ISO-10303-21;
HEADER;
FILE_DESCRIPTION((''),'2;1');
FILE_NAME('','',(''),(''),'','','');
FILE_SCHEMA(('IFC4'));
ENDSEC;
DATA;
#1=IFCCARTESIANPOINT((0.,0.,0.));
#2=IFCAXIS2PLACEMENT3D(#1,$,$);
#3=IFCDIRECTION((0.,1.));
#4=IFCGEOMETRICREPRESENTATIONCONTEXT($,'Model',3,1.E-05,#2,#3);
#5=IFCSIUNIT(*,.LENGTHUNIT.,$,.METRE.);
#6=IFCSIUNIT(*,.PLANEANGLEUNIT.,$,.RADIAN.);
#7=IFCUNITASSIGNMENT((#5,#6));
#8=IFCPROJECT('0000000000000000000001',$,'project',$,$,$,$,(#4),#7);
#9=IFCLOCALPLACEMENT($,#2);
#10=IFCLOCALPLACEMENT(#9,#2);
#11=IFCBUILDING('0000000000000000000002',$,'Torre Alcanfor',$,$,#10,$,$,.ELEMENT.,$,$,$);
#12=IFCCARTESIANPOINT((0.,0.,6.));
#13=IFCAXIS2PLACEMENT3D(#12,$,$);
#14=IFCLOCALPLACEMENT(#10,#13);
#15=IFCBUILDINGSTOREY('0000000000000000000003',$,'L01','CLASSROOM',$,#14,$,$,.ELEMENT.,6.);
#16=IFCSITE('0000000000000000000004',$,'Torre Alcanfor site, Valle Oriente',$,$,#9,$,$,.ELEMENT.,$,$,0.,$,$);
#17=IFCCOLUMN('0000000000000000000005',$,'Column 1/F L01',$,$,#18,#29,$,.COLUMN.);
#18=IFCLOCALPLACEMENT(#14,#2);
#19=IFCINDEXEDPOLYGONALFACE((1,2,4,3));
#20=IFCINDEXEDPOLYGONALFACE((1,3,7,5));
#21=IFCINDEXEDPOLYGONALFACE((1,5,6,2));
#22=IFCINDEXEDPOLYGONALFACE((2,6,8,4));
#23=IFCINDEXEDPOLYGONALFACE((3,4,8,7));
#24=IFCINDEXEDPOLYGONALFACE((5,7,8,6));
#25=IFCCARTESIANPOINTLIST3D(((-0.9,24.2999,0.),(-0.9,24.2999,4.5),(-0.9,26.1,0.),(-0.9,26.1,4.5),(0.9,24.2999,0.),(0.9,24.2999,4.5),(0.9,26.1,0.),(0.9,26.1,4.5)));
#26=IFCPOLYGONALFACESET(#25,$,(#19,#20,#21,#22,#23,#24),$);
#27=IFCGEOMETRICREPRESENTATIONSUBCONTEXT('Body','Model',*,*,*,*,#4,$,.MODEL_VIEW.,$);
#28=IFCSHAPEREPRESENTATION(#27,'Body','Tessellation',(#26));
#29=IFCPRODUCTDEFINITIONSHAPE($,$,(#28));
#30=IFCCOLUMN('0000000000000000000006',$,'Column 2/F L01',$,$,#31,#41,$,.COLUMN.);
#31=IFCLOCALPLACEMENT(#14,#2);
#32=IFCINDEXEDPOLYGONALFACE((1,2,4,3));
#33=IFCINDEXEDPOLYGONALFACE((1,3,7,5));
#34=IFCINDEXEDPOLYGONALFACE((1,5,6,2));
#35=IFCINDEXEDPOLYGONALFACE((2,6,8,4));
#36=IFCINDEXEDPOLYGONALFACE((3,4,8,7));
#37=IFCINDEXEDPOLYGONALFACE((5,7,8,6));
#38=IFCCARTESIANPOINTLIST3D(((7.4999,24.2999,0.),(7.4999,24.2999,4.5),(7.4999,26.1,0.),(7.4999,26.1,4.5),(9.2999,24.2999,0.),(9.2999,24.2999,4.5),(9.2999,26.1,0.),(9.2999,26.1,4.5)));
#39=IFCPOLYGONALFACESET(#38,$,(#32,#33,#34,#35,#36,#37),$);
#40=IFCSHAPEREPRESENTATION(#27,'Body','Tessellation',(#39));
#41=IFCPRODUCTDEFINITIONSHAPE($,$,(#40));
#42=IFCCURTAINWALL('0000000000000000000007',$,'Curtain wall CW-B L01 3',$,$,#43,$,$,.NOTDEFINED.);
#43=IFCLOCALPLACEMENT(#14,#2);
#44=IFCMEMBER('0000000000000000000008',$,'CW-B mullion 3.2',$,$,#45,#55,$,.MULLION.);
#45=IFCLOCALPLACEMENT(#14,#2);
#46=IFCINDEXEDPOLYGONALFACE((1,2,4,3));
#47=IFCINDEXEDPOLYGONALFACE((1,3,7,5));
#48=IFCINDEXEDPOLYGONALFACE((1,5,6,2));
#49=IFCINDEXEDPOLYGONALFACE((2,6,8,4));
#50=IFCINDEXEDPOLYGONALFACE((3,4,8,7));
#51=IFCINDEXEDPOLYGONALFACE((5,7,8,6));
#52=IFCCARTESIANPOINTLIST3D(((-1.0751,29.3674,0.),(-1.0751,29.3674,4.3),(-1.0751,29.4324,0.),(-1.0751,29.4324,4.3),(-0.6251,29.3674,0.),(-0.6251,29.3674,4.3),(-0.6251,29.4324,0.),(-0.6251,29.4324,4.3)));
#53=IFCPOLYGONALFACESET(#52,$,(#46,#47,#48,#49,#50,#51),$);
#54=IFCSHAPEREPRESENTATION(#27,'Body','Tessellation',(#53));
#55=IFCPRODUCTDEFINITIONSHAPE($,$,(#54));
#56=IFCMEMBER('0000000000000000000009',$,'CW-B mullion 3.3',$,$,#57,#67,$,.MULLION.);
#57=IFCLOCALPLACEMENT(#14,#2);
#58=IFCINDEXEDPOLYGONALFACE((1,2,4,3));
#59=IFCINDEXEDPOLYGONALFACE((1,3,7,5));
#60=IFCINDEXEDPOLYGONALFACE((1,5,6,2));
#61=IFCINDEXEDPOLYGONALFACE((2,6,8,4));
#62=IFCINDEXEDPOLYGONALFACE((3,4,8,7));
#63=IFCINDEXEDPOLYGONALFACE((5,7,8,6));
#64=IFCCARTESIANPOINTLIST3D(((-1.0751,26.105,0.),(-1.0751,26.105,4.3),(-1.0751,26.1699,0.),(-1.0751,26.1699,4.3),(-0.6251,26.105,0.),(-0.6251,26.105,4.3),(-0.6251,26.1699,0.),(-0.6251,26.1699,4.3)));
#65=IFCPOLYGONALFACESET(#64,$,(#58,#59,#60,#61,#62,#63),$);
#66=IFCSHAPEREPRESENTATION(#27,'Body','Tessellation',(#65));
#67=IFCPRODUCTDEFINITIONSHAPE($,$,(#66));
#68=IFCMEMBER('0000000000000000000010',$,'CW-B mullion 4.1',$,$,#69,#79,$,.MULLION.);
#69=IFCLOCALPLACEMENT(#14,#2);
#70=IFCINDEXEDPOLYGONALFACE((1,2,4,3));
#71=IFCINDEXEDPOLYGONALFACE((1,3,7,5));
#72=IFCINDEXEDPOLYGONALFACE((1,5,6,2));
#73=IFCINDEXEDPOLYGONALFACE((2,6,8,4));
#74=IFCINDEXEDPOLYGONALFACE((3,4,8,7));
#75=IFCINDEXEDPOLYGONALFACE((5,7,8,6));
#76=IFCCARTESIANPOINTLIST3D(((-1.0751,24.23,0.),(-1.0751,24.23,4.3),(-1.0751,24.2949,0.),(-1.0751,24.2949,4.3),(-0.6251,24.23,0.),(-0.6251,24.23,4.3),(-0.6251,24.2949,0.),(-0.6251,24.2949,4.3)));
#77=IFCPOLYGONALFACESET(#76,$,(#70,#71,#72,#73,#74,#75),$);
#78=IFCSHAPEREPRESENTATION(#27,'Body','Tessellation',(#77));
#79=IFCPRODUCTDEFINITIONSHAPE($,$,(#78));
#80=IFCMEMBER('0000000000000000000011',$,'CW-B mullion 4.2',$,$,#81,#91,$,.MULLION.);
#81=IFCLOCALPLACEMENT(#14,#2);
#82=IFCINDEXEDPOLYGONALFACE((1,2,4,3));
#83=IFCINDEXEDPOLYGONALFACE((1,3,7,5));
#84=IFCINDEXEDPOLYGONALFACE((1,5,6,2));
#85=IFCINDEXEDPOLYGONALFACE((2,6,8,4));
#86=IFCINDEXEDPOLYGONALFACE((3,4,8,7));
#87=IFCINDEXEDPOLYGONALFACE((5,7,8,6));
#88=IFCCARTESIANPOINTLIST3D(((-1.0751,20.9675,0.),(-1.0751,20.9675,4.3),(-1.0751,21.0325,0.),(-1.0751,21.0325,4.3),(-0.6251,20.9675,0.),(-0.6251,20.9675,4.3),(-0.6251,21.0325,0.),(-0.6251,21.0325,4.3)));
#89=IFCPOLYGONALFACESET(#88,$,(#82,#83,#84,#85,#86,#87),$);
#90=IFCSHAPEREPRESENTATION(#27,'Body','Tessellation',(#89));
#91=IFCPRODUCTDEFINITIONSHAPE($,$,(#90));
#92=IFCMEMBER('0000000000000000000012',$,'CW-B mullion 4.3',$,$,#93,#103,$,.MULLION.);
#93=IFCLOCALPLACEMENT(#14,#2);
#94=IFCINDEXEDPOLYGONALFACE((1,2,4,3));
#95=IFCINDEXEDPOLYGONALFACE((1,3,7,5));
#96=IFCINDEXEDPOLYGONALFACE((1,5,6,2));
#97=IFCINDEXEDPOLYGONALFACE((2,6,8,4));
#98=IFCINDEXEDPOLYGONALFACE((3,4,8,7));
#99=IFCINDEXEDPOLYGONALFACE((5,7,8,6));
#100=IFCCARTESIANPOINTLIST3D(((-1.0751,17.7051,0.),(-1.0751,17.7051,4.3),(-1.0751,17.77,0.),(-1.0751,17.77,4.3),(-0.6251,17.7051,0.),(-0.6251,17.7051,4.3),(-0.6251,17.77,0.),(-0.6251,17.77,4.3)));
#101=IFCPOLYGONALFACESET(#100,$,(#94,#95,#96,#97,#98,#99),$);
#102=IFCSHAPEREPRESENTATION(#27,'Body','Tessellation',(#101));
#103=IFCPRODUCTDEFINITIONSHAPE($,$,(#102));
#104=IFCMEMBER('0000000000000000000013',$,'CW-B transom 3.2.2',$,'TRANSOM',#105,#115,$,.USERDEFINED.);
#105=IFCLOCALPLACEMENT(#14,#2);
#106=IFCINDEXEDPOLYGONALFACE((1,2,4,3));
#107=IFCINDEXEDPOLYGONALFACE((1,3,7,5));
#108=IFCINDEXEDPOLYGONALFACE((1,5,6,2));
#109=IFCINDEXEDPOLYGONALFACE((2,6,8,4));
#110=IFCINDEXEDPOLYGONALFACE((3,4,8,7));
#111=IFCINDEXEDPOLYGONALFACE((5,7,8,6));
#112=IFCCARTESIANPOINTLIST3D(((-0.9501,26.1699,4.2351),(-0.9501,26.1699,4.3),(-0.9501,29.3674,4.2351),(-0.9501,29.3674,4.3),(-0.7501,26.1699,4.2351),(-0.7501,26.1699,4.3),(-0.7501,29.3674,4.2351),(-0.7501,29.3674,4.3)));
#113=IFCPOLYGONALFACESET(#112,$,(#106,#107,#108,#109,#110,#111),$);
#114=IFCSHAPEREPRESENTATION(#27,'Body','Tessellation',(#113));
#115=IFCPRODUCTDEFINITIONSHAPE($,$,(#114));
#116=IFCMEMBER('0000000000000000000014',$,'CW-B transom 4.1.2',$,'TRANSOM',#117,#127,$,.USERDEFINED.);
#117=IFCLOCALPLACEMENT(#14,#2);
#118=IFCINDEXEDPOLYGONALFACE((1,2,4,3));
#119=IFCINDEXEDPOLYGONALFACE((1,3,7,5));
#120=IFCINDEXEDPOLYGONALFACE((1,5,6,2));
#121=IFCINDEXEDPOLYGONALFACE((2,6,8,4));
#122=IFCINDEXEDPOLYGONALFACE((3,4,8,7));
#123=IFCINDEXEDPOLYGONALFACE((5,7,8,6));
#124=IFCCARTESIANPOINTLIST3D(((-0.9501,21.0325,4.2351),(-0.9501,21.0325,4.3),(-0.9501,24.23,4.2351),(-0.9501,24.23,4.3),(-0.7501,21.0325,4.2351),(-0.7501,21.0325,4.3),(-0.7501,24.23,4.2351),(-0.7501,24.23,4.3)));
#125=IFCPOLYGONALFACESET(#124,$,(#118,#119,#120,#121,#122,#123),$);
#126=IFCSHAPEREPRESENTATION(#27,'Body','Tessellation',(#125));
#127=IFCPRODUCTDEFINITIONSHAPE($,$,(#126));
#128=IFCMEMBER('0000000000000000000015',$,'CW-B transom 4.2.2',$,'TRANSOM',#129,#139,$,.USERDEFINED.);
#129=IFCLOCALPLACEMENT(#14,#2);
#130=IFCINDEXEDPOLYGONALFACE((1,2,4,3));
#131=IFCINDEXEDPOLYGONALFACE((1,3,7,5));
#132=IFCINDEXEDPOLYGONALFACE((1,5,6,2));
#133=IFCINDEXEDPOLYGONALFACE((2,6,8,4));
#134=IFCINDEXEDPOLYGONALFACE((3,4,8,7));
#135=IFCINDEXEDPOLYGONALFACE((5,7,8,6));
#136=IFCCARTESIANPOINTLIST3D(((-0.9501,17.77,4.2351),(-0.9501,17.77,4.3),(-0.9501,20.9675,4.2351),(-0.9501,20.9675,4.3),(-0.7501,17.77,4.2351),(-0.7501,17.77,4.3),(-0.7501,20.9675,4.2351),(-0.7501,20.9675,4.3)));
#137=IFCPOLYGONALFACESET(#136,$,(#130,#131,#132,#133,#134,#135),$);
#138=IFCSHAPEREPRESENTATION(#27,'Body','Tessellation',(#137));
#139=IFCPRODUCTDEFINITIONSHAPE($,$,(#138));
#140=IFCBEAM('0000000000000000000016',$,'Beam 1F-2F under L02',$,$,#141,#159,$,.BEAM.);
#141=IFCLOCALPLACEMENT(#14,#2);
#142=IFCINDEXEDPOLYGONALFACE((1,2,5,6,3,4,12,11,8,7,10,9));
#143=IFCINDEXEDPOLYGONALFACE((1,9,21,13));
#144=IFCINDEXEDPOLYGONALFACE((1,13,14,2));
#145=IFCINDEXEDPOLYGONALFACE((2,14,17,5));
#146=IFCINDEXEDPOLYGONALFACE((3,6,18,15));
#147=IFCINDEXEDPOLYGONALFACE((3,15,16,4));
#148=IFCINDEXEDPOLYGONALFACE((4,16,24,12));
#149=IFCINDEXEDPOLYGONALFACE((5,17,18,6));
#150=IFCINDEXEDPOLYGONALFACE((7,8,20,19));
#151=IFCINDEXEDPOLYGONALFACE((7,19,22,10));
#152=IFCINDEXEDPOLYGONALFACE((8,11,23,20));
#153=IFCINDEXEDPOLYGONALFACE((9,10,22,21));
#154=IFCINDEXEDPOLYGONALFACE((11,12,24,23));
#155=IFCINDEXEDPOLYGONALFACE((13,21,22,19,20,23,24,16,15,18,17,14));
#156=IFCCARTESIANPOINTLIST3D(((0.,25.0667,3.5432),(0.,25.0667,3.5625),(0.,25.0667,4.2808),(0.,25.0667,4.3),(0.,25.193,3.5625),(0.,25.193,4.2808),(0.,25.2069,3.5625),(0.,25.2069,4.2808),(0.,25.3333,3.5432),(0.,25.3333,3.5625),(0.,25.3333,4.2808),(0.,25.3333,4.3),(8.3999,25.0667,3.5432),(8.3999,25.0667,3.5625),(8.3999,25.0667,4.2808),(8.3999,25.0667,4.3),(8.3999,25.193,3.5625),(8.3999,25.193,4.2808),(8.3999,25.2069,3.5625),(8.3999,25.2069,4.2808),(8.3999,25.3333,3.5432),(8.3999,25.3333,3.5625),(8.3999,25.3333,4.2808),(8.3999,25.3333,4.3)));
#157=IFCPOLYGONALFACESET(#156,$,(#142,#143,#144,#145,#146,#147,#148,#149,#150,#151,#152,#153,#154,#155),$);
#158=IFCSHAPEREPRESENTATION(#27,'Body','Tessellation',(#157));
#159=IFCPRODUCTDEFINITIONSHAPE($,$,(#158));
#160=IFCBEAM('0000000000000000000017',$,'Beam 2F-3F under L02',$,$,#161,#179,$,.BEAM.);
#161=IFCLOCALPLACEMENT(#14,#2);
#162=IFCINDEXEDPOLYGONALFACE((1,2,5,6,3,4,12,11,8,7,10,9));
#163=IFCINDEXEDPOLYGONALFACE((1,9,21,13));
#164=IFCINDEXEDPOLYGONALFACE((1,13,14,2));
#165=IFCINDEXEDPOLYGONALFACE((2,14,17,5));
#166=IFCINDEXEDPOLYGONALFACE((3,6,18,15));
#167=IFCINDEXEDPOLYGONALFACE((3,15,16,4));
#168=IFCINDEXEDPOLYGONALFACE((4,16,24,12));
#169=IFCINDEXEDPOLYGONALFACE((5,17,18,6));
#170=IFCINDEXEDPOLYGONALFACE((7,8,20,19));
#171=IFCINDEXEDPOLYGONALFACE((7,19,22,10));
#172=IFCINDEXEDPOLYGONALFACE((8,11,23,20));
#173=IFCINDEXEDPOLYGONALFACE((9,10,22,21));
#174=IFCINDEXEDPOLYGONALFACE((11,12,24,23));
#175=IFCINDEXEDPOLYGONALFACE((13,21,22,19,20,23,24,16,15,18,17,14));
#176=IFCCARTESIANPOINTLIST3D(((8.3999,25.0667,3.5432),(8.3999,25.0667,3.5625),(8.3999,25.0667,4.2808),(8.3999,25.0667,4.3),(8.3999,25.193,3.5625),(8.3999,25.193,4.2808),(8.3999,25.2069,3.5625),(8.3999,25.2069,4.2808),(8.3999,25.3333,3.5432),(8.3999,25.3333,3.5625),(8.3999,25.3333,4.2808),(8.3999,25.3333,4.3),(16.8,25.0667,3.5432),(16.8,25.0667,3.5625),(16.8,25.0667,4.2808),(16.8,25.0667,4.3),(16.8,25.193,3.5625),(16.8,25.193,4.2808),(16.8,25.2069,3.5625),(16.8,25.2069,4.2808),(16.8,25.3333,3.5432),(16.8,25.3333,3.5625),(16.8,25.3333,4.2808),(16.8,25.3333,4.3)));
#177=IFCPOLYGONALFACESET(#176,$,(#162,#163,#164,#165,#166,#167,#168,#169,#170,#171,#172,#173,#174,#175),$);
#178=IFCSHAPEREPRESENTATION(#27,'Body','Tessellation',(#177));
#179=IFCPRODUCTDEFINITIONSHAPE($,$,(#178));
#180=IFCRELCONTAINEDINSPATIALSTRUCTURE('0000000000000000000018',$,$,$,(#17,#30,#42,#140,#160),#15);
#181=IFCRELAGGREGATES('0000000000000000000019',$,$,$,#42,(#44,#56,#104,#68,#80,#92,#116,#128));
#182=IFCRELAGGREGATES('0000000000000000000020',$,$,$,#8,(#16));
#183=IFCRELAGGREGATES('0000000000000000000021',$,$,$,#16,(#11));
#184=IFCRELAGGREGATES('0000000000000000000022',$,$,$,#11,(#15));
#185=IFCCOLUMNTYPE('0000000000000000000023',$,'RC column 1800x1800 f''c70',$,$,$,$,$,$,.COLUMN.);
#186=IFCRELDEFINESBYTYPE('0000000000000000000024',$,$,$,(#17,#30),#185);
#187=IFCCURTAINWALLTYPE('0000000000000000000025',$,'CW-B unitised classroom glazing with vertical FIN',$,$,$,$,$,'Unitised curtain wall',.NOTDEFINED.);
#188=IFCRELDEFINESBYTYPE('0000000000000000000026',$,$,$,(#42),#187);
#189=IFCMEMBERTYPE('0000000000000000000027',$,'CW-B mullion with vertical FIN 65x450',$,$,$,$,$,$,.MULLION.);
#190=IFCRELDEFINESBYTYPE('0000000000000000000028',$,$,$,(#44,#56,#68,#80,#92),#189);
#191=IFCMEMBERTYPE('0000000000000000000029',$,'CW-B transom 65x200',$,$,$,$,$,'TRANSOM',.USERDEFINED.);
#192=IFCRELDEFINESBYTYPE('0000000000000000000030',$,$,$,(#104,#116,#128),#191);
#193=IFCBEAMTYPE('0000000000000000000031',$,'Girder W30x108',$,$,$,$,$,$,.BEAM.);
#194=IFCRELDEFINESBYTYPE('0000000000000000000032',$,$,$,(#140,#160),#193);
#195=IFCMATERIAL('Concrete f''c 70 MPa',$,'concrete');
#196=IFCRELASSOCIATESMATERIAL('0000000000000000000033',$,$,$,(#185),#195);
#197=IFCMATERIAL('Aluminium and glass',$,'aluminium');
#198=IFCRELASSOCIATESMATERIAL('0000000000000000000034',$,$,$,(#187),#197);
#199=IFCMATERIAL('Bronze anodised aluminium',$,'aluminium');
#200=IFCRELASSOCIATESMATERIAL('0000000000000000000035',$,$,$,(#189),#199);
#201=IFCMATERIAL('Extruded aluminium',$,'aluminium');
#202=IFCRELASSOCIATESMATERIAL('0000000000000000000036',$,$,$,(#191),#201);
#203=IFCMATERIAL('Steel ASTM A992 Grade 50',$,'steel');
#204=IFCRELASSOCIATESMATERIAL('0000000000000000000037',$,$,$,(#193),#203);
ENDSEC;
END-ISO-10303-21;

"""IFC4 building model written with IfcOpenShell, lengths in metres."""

from ifc_helpers import new_model, si_unit, direction, frame, origin, origin_2d, place, context, subcontext, project, spatial, rectangle, i_section, extrude, material, material_profile, profile_set, type_object, element, aggregate, save


model = new_model("IFC4")

# Units and contexts
model_context = context("Model", 3, precision=1e-05, world=origin(), true_north=direction((0.0, 1.0)))
body_context = subcontext(model_context, "Body", "Model", "MODEL_VIEW")
ifc_project = project(units=[si_unit("LENGTHUNIT", "METRE"), si_unit("PLANEANGLEUNIT", "RADIAN")], contexts=[model_context])

# Site, building, storey
site_placement = place(None, origin())
site = spatial("IfcSite", under=ifc_project, at=site_placement, Name="Torre Alcanfor site, Valle Oriente", CompositionType="ELEMENT", RefElevation=0.0)
building_placement = place(site_placement, origin())
building = spatial("IfcBuilding", under=site, at=building_placement, Name="Torre Alcanfor", CompositionType="ELEMENT")
storey_placement = place(building_placement, frame((0.0, 0.0, 6.0)))
storey = spatial("IfcBuildingStorey", under=building, at=storey_placement, Name="L01", Description="CLASSROOM", CompositionType="ELEMENT", Elevation=6.0)

# Columns
ifc_material_1 = material(Name="Concrete f'c 70 MPa", Category="concrete")
ifc_material_profile_1 = material_profile(ifc_material_1, rectangle(XDim=1.8, YDim=1.8, at=origin_2d()), Name="1800x1800")
ifc_profile_set_1 = profile_set([ifc_material_profile_1], Name="Concrete f'c 70 MPa")
column_type = type_object("IfcColumnType", Name="RC column 1800x1800 f'c70", PredefinedType="COLUMN", material=ifc_profile_set_1)
for number, where, z_axis, x_axis, name in (
    (1, (0.0, 25.2, 0.0), (0.0, 0.0, 1.0), (1.0, 0.0, 0.0), "Column 1/F L01"),
    (2, (8.3999, 25.2, 0.0), (0.0, 0.0, 1.0), (1.0, 0.0, 0.0), "Column 2/F L01"),
):
    element("IfcColumn", number, at=place(storey_placement, frame(where, z_axis=z_axis, x_axis=x_axis)), inside=storey, type_object=column_type, Name=name, PredefinedType="COLUMN", context=body_context, shape_type="SweptSolid", body=[
        extrude(rectangle(XDim=1.8, YDim=1.8, at=origin_2d()), origin(), (0.0, 0.0, 1.0), 4.5),
    ])

# Curtain wall, members
ifc_material_2 = material(Name="Aluminium and glass", Category="aluminium")
curtain_wall_type = type_object("IfcCurtainWallType", Name="CW-B unitised classroom glazing with vertical FIN", ElementType="Unitised curtain wall", PredefinedType="NOTDEFINED", material=ifc_material_2)
curtain_wall_placement = place(storey_placement, origin())
curtain_wall = element("IfcCurtainWall", 3, at=curtain_wall_placement, inside=storey, type_object=curtain_wall_type, Name="Curtain wall CW-B L01 3", PredefinedType="NOTDEFINED")
ifc_material_3 = material(Name="Bronze anodised aluminium", Category="aluminium")
ifc_material_profile_2 = material_profile(ifc_material_3, rectangle(XDim=0.45, YDim=0.0649, at=origin_2d()), Name="CW-B mullion 65x450")
ifc_profile_set_2 = profile_set([ifc_material_profile_2], Name="Bronze anodised aluminium")
member_type_1 = type_object("IfcMemberType", Name="CW-B mullion with vertical FIN 65x450", PredefinedType="MULLION", material=ifc_profile_set_2)
member_1_placement = place(storey_placement, frame((-0.8501, 29.3999, 0.0), z_axis=(0.0, 0.0, 1.0), x_axis=(1.0, 0.0, 0.0)))
member_1 = element("IfcMember", 4, at=member_1_placement, type_object=member_type_1, Name="CW-B mullion 3.2", PredefinedType="MULLION", context=body_context, shape_type="SweptSolid", body=[
    extrude(rectangle(XDim=0.45, YDim=0.0649, at=origin_2d()), origin(), (0.0, 0.0, 1.0), 4.3),
])
member_2_placement = place(storey_placement, frame((-0.8501, 26.1375, 0.0), z_axis=(0.0, 0.0, 1.0), x_axis=(1.0, 0.0, 0.0)))
member_2 = element("IfcMember", 5, at=member_2_placement, type_object=member_type_1, Name="CW-B mullion 3.3", PredefinedType="MULLION", context=body_context, shape_type="SweptSolid", body=[
    extrude(rectangle(XDim=0.45, YDim=0.0649, at=origin_2d()), origin(), (0.0, 0.0, 1.0), 4.3),
])
member_3_placement = place(storey_placement, frame((-0.8501, 24.2625, 0.0), z_axis=(0.0, 0.0, 1.0), x_axis=(1.0, 0.0, 0.0)))
member_3 = element("IfcMember", 6, at=member_3_placement, type_object=member_type_1, Name="CW-B mullion 4.1", PredefinedType="MULLION", context=body_context, shape_type="SweptSolid", body=[
    extrude(rectangle(XDim=0.45, YDim=0.0649, at=origin_2d()), origin(), (0.0, 0.0, 1.0), 4.3),
])
member_4_placement = place(storey_placement, frame((-0.8501, 21.0, 0.0), z_axis=(0.0, 0.0, 1.0), x_axis=(1.0, 0.0, 0.0)))
member_4 = element("IfcMember", 7, at=member_4_placement, type_object=member_type_1, Name="CW-B mullion 4.2", PredefinedType="MULLION", context=body_context, shape_type="SweptSolid", body=[
    extrude(rectangle(XDim=0.45, YDim=0.0649, at=origin_2d()), origin(), (0.0, 0.0, 1.0), 4.3),
])
member_5_placement = place(storey_placement, frame((-0.8501, 17.7375, 0.0), z_axis=(0.0, 0.0, 1.0), x_axis=(1.0, 0.0, 0.0)))
member_5 = element("IfcMember", 8, at=member_5_placement, type_object=member_type_1, Name="CW-B mullion 4.3", PredefinedType="MULLION", context=body_context, shape_type="SweptSolid", body=[
    extrude(rectangle(XDim=0.45, YDim=0.0649, at=origin_2d()), origin(), (0.0, 0.0, 1.0), 4.3),
])
ifc_material_4 = material(Name="Extruded aluminium", Category="aluminium")
ifc_material_profile_3 = material_profile(ifc_material_4, rectangle(XDim=0.2, YDim=0.0649, at=origin_2d()), Name="CW-B transom 200x65")
ifc_profile_set_3 = profile_set([ifc_material_profile_3], Name="Extruded aluminium")
member_type_2 = type_object("IfcMemberType", Name="CW-B transom 65x200", ElementType="TRANSOM", PredefinedType="USERDEFINED", material=ifc_profile_set_3)
member_6_placement = place(storey_placement, frame((-0.8501, 29.3674, 4.2676), z_axis=(0.0, -1.0, 0.0), x_axis=(1.0, 0.0, 0.0)))
member_6 = element("IfcMember", 9, at=member_6_placement, type_object=member_type_2, Name="CW-B transom 3.2.2", ObjectType="TRANSOM", PredefinedType="USERDEFINED", context=body_context, shape_type="SweptSolid", body=[
    extrude(rectangle(XDim=0.2, YDim=0.0649, at=origin_2d()), origin(), (0.0, 0.0, 1.0), 3.1975),
])
member_7_placement = place(storey_placement, frame((-0.8501, 24.23, 4.2676), z_axis=(0.0, -1.0, 0.0), x_axis=(1.0, 0.0, 0.0)))
member_7 = element("IfcMember", 10, at=member_7_placement, type_object=member_type_2, Name="CW-B transom 4.1.2", ObjectType="TRANSOM", PredefinedType="USERDEFINED", context=body_context, shape_type="SweptSolid", body=[
    extrude(rectangle(XDim=0.2, YDim=0.0649, at=origin_2d()), origin(), (0.0, 0.0, 1.0), 3.1975),
])
member_8_placement = place(storey_placement, frame((-0.8501, 20.9675, 4.2676), z_axis=(0.0, -1.0, 0.0), x_axis=(1.0, 0.0, 0.0)))
member_8 = element("IfcMember", 11, at=member_8_placement, type_object=member_type_2, Name="CW-B transom 4.2.2", ObjectType="TRANSOM", PredefinedType="USERDEFINED", context=body_context, shape_type="SweptSolid", body=[
    extrude(rectangle(XDim=0.2, YDim=0.0649, at=origin_2d()), origin(), (0.0, 0.0, 1.0), 3.1975),
])

# Beams
ifc_material_5 = material(Name="Steel ASTM A992 Grade 50", Category="steel")
ifc_material_profile_4 = material_profile(ifc_material_5, i_section(OverallWidth=0.2666, OverallDepth=0.7568, WebThickness=0.0139, FlangeThickness=0.0193, at=origin_2d()), Name="W30x108")
ifc_profile_set_4 = profile_set([ifc_material_profile_4], Name="Steel ASTM A992 Grade 50")
beam_type_1 = type_object("IfcBeamType", Name="Girder W30x108", PredefinedType="BEAM", material=ifc_profile_set_4)
beam_1_placement = place(storey_placement, frame((0.0, 25.2, 3.9216), z_axis=(1.0, 0.0, 0.0), x_axis=(0.0, 1.0, 0.0)))
element("IfcBeam", 12, at=beam_1_placement, inside=storey, type_object=beam_type_1, Name="Beam 1F-2F under L02", PredefinedType="BEAM", context=body_context, shape_type="SweptSolid", body=[
    extrude(i_section(OverallWidth=0.2666, OverallDepth=0.7568, WebThickness=0.0139, FlangeThickness=0.0193, at=origin_2d()), origin(), (0.0, 0.0, 1.0), 8.3999),
])
beam_2_placement = place(storey_placement, frame((8.3999, 25.2, 3.9216), z_axis=(1.0, 0.0, 0.0), x_axis=(0.0, 1.0, 0.0)))
element("IfcBeam", 13, at=beam_2_placement, inside=storey, type_object=beam_type_1, Name="Beam 2F-3F under L02", PredefinedType="BEAM", context=body_context, shape_type="SweptSolid", body=[
    extrude(i_section(OverallWidth=0.2666, OverallDepth=0.7568, WebThickness=0.0139, FlangeThickness=0.0193, at=origin_2d()), origin(), (0.0, 0.0, 1.0), 8.4001),
])

aggregate(curtain_wall, [member_1, member_2, member_6, member_3, member_4, member_5, member_7, member_8])

save(model, "model.ifc")
